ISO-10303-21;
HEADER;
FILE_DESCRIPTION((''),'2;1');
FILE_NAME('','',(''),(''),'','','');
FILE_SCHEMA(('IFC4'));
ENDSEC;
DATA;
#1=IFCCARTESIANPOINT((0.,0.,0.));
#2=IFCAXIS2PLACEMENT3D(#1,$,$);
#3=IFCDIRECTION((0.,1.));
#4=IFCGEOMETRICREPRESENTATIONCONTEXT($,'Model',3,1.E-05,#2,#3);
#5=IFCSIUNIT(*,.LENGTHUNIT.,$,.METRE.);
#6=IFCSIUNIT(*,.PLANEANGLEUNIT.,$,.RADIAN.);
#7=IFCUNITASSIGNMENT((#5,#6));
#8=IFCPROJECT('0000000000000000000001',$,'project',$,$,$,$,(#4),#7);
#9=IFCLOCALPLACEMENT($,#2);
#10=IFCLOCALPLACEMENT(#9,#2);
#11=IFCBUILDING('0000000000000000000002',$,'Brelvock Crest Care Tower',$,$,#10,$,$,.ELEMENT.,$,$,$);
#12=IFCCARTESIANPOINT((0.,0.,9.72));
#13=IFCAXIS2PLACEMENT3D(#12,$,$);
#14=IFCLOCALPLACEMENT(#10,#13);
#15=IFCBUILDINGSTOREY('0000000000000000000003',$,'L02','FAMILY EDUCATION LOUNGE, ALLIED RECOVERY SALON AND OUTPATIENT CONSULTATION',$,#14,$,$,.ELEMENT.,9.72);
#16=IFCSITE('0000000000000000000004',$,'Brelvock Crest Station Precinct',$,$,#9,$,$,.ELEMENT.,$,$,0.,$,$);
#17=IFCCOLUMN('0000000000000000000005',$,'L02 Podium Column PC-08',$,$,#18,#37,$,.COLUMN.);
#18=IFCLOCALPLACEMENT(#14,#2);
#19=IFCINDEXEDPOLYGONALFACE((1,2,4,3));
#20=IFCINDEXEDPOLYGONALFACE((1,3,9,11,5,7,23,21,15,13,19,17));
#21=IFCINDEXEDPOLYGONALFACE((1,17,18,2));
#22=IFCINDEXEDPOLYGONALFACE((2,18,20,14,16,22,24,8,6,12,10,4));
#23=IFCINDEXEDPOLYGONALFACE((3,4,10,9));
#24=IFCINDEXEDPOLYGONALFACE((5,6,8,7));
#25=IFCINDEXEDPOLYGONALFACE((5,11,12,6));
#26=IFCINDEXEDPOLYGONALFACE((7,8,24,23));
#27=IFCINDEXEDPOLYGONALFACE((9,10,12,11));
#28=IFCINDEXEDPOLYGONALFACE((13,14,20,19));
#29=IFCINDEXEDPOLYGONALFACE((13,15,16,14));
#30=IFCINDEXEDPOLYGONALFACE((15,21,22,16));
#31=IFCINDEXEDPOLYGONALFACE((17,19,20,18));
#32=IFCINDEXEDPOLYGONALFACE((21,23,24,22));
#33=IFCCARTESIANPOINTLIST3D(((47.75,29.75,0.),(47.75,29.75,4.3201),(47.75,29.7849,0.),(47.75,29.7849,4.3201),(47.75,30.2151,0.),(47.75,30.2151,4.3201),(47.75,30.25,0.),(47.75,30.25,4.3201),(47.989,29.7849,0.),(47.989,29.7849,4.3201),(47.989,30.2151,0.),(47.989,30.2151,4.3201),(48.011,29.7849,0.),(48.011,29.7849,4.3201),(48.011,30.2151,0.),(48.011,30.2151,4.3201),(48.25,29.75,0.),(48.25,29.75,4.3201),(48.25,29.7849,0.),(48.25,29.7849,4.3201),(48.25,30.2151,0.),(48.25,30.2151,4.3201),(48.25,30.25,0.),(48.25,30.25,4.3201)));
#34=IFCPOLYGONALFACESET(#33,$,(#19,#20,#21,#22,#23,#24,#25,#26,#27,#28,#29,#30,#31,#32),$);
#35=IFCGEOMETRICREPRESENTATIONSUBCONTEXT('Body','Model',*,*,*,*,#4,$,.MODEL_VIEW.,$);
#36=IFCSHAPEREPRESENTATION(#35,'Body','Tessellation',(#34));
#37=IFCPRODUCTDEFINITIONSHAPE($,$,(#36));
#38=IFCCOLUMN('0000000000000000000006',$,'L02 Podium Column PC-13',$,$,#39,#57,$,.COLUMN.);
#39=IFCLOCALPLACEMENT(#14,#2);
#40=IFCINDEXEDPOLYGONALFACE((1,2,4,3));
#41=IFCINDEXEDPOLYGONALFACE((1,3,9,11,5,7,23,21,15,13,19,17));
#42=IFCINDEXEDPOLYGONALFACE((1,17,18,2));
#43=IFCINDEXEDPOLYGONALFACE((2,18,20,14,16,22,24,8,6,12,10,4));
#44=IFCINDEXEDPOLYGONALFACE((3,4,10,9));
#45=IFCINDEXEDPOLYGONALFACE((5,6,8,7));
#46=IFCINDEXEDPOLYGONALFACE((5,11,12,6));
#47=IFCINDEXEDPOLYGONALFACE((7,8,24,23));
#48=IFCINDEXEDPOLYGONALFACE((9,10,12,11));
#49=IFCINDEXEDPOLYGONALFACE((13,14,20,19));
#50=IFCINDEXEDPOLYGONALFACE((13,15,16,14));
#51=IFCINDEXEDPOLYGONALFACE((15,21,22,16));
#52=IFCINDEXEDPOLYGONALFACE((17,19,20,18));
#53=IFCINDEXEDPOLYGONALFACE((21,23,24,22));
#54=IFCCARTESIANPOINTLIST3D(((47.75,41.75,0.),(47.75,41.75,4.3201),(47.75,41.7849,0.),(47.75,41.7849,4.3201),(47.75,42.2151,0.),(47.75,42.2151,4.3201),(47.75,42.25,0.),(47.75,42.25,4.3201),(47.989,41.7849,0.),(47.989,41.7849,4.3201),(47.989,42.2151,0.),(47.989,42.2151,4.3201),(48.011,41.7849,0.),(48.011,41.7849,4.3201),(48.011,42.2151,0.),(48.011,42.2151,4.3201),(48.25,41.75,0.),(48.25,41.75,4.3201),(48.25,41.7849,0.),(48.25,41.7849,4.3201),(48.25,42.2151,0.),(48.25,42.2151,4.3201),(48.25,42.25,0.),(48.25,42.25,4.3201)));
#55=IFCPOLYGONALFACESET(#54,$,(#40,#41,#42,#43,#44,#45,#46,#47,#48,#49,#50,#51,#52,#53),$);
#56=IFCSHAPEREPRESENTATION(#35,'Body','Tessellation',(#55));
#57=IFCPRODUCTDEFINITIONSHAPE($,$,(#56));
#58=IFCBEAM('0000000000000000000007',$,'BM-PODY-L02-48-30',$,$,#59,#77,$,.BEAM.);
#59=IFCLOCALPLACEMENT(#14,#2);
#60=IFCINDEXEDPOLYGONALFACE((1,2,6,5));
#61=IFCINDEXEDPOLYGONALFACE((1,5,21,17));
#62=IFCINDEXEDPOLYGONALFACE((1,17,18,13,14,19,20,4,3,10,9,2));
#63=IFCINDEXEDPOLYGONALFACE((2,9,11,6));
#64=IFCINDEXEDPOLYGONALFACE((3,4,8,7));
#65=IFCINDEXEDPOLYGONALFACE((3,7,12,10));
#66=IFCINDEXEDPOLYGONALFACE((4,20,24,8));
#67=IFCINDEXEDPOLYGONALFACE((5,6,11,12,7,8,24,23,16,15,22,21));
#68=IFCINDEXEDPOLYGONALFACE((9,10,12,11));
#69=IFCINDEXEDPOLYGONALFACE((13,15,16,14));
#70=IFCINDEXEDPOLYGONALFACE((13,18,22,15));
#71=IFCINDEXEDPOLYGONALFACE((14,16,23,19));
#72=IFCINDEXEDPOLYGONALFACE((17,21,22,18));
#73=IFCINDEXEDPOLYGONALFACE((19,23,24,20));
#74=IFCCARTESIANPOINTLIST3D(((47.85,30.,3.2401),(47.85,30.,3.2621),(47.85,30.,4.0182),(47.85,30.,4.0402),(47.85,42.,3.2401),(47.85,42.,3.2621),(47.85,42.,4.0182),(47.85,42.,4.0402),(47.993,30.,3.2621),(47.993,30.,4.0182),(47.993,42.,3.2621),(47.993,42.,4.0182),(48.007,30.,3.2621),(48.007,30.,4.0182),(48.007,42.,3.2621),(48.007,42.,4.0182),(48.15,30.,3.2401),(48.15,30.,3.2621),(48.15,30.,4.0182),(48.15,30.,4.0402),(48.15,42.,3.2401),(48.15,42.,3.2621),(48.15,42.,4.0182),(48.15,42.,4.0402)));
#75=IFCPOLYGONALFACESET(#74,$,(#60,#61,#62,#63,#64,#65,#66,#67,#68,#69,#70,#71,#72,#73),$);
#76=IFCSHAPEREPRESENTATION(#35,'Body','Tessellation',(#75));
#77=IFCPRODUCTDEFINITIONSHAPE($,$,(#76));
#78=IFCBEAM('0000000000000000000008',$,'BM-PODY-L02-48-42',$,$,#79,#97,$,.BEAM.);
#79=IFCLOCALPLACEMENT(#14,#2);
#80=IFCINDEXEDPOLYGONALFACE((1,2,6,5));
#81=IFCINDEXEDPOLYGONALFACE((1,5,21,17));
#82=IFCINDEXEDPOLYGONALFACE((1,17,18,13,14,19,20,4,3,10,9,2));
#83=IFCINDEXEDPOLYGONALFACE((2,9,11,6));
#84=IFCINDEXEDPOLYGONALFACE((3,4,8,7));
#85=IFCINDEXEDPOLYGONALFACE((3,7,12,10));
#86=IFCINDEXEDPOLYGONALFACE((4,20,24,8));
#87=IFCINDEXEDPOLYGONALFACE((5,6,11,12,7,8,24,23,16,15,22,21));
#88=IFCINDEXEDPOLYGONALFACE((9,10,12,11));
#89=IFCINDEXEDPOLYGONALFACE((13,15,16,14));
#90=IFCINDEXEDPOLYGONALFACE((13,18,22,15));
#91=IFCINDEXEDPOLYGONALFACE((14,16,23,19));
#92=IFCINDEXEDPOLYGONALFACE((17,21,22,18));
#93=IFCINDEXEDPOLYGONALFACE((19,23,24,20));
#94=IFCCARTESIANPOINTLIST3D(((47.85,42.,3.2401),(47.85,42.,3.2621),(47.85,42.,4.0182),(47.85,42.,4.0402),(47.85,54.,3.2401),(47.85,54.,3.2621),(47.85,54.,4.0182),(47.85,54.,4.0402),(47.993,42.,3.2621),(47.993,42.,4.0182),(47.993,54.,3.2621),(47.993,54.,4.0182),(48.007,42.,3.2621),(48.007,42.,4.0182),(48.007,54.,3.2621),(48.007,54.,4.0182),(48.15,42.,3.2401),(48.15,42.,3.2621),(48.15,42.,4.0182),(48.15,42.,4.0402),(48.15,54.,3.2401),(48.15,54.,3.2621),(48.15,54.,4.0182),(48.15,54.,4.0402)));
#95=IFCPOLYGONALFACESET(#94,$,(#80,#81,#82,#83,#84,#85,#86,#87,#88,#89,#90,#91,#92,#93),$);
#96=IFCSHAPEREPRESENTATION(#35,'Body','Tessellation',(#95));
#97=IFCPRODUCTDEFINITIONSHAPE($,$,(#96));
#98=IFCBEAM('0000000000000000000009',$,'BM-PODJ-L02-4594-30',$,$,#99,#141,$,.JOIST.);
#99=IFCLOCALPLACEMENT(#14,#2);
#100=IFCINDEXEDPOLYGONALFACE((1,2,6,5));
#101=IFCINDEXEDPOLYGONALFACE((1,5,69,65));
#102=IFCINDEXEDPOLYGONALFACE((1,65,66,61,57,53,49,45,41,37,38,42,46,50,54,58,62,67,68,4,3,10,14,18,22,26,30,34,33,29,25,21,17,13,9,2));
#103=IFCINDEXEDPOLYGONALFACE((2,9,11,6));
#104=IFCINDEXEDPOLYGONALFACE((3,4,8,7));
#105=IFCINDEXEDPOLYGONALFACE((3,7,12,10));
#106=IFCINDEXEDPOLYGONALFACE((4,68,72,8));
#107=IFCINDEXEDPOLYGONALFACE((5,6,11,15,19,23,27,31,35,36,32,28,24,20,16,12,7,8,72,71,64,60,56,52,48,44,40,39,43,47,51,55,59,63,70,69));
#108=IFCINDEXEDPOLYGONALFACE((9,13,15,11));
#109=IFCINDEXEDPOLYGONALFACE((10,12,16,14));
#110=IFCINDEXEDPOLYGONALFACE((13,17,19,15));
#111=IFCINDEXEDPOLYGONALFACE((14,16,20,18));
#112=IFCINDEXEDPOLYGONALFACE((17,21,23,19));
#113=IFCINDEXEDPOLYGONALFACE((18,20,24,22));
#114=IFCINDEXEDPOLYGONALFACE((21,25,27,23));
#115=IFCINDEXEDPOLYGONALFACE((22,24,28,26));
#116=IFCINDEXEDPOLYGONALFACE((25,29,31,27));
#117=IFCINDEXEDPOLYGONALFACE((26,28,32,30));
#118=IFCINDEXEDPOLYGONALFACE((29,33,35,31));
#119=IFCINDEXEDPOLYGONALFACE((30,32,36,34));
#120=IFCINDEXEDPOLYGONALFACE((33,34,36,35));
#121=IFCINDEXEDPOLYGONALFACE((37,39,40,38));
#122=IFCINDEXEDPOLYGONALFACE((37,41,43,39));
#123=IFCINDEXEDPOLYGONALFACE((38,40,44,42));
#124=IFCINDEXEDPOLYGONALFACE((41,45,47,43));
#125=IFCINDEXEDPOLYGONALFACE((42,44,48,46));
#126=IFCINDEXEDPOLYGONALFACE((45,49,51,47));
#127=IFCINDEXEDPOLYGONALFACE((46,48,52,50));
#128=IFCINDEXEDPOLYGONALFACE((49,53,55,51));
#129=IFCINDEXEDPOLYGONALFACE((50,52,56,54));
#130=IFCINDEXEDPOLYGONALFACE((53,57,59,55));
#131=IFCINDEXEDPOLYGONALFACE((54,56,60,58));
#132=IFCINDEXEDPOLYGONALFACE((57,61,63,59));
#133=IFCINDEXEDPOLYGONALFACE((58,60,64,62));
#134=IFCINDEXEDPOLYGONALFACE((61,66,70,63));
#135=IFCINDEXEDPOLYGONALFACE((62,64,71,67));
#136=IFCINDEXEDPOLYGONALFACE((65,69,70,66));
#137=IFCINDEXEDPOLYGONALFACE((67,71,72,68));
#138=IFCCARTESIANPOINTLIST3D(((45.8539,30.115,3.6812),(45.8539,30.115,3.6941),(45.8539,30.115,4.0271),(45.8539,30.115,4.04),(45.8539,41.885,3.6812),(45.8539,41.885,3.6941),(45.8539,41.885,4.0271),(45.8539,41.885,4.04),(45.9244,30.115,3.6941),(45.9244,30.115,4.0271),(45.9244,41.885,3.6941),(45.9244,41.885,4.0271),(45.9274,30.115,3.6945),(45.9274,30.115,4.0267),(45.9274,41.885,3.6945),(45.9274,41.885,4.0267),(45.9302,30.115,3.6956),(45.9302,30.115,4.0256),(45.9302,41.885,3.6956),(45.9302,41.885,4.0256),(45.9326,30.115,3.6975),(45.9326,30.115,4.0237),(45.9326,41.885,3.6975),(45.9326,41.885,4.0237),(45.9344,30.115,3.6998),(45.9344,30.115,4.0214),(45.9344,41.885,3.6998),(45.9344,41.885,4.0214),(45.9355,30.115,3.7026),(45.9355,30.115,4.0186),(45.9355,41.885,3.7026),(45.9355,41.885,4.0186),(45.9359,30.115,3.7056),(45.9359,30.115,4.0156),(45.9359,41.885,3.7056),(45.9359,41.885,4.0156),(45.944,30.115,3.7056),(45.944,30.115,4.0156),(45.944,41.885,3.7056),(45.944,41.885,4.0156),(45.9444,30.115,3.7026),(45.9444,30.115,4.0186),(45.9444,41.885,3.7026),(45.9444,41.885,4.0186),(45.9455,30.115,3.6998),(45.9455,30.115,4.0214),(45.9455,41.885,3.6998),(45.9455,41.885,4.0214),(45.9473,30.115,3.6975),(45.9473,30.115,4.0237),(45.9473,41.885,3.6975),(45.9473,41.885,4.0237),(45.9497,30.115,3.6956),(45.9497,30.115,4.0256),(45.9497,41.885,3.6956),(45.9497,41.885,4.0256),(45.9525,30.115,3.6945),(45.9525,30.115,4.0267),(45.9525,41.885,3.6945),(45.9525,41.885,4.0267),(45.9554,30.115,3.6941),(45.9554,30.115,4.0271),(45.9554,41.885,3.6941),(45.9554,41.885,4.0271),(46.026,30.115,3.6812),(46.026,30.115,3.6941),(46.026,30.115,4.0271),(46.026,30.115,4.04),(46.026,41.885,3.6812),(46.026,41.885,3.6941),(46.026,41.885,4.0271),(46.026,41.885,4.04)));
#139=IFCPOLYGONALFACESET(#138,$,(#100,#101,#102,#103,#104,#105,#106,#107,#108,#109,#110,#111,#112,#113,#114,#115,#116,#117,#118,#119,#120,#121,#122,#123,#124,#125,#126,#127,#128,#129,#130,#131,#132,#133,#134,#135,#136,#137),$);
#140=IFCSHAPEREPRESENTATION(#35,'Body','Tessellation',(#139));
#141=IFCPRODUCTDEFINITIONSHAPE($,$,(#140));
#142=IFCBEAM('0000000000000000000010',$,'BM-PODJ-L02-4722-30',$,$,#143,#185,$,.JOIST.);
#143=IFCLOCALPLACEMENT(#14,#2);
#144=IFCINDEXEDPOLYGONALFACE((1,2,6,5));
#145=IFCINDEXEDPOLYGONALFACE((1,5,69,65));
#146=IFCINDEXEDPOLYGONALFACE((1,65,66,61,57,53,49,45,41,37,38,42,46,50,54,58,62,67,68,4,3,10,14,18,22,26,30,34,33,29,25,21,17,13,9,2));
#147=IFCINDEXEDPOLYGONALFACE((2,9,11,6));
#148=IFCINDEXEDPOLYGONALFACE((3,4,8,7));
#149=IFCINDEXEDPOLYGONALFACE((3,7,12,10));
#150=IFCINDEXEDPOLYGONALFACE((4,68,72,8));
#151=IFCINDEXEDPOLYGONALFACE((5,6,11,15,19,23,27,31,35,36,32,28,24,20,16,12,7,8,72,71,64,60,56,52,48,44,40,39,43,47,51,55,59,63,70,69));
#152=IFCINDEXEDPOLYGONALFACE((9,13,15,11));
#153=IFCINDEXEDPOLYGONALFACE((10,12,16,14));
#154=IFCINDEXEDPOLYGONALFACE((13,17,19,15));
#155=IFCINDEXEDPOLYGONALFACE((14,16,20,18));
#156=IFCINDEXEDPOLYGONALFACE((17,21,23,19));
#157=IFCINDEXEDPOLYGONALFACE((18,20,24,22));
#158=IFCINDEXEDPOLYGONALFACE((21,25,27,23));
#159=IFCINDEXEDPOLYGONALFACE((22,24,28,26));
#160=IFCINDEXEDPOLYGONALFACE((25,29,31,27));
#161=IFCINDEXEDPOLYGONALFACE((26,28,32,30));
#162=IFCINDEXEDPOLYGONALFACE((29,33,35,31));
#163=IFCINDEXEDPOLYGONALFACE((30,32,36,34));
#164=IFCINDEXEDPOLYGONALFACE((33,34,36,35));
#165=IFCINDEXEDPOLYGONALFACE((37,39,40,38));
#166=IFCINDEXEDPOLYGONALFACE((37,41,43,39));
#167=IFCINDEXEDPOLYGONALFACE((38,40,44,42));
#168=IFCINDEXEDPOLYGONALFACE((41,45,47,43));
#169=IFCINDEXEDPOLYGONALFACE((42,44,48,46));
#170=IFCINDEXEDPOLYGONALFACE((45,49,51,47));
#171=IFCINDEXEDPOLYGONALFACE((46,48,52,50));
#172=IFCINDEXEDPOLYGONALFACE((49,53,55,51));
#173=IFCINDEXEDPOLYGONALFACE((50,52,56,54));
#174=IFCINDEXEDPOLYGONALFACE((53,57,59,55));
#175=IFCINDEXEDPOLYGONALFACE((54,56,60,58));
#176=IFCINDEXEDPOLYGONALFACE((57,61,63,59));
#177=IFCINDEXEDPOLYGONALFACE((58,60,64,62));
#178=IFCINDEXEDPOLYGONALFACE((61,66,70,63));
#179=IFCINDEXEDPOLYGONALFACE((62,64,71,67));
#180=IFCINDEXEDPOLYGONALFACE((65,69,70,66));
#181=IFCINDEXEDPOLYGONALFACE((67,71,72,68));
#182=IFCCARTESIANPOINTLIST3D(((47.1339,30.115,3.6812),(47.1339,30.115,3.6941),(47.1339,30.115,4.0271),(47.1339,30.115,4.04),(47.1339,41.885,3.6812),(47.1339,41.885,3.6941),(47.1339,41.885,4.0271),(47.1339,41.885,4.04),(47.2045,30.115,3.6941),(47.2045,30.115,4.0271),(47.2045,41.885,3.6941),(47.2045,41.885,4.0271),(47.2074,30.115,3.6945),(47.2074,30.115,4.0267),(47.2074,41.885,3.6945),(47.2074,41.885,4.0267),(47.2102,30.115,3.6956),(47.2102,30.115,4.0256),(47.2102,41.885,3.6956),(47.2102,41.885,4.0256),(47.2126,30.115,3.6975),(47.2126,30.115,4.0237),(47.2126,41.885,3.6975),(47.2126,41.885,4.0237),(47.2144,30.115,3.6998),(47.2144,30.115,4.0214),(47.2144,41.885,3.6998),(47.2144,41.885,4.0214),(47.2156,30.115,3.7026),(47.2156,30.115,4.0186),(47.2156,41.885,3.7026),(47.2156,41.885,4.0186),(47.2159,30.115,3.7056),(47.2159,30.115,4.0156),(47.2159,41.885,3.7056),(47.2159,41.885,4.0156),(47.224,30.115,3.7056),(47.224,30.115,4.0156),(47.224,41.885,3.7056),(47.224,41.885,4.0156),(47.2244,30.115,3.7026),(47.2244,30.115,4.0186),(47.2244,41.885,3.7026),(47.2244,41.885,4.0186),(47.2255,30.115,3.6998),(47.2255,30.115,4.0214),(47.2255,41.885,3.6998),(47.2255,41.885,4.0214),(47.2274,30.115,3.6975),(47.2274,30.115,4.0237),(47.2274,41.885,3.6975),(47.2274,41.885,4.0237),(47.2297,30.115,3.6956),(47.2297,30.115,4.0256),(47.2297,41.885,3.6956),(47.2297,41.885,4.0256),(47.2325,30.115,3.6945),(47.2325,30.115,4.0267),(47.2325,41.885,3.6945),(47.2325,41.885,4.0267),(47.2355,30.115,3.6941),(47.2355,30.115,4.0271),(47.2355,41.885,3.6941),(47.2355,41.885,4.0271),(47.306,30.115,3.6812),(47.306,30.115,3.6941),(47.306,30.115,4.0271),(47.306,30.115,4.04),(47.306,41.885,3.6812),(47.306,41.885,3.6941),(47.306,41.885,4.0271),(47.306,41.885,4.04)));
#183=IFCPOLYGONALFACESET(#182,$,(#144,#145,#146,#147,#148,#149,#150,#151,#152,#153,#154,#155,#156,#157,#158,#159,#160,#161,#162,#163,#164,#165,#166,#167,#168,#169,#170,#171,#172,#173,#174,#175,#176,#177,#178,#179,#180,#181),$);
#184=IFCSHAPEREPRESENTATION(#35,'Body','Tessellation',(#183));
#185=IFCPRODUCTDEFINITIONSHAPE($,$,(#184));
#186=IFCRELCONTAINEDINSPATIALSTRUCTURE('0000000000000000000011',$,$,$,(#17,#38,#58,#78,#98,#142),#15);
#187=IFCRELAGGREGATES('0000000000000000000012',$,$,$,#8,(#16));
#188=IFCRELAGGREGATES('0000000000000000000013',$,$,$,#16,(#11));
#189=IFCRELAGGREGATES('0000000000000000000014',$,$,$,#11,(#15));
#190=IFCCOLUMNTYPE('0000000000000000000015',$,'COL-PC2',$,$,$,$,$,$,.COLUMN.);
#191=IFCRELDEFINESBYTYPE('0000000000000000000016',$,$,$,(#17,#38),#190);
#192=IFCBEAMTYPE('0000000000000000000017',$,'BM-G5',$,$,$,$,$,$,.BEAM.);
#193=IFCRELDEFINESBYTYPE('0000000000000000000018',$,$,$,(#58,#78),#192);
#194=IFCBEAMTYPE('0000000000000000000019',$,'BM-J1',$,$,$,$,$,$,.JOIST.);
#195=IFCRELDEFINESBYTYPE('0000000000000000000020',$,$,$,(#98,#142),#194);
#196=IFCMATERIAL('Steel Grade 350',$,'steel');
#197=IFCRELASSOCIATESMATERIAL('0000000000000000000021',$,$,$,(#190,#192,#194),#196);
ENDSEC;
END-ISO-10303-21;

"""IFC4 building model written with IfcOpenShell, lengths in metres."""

from ifc_helpers import new_model, si_unit, direction, frame, origin, origin_2d, place, context, subcontext, project, spatial, i_section, extrude, source, transform, mapped, material, material_profile, profile_set, type_object, element, save


model = new_model("IFC4")

# Units and contexts
model_context = context("Model", 3, precision=1e-05, world=origin(), true_north=direction((0.0, 1.0)))
body_context = subcontext(model_context, "Body", "Model", "MODEL_VIEW")
ifc_project = project(units=[si_unit("LENGTHUNIT", "METRE"), si_unit("PLANEANGLEUNIT", "RADIAN")], contexts=[model_context])

# Site, building, storey
site_placement = place(None, origin())
site = spatial("IfcSite", under=ifc_project, at=site_placement, Name="Brelvock Crest Station Precinct", CompositionType="ELEMENT", RefElevation=0.0)
building_placement = place(site_placement, origin())
building = spatial("IfcBuilding", under=site, at=building_placement, Name="Brelvock Crest Care Tower", CompositionType="ELEMENT")
storey_placement = place(building_placement, frame((0.0, 0.0, 9.72)))
storey = spatial("IfcBuildingStorey", under=building, at=storey_placement, Name="L02", Description="FAMILY EDUCATION LOUNGE, ALLIED RECOVERY SALON AND OUTPATIENT CONSULTATION", CompositionType="ELEMENT", Elevation=9.72)

# Columns
ifc_material_1 = material(Name="Steel Grade 350", Category="steel")
ifc_material_profile_1 = material_profile(ifc_material_1, i_section(OverallWidth=0.5, OverallDepth=0.5, WebThickness=0.022, FlangeThickness=0.0349, at=origin_2d()), Name="500WC340")
ifc_profile_set_1 = profile_set([ifc_material_profile_1], Name="Steel Grade 350")
column_type = type_object("IfcColumnType", Name="COL-PC2", PredefinedType="COLUMN", material=ifc_profile_set_1)
shared_shape_1 = source(origin(), body_context, "Body", "SweptSolid", [
    extrude(i_section(OverallWidth=0.5, OverallDepth=0.5, WebThickness=0.022, FlangeThickness=0.0349, at=origin_2d()), origin(), (0.0, 0.0, 1.0), 4.3201),
])
for number, where, z_axis, x_axis, name in (
    (1, (48.0, 30.0, 0.0), (0.0, 0.0, 1.0), (1.0, 0.0, 0.0), "L02 Podium Column PC-08"),
    (2, (48.0, 42.0, 0.0), (0.0, 0.0, 1.0), (1.0, 0.0, 0.0), "L02 Podium Column PC-13"),
):
    element("IfcColumn", number, at=place(storey_placement, frame(where, z_axis=z_axis, x_axis=x_axis)), inside=storey, type_object=column_type, Name=name, PredefinedType="COLUMN", context=body_context, shape_type="MappedRepresentation", body=[
        mapped(shared_shape_1, transform((0.0, 0.0, 0.0), x_axis=(1.0, 0.0, 0.0), y_axis=(0.0, 1.0, 0.0), z_axis=(0.0, 0.0, 1.0), scale=1.0)),
    ])

# Beams
ifc_material_profile_2 = material_profile(ifc_material_1, i_section(OverallWidth=0.3, OverallDepth=0.8, WebThickness=0.0139, FlangeThickness=0.022, at=origin_2d()), Name="800WB192")
ifc_profile_set_2 = profile_set([ifc_material_profile_2], Name="Steel Grade 350")
beam_type_1 = type_object("IfcBeamType", Name="BM-G5", PredefinedType="BEAM", material=ifc_profile_set_2)
shared_shape_2 = source(origin(), body_context, "Body", "SweptSolid", [
    extrude(i_section(OverallWidth=0.3, OverallDepth=0.8, WebThickness=0.0139, FlangeThickness=0.022, at=origin_2d()), origin(), (0.0, 0.0, 1.0), 12.0),
])
for number, where, z_axis, x_axis, name in (
    (3, (48.0, 30.0, 3.6401), (0.0, 1.0, 0.0), (-1.0, 0.0, 0.0), "BM-PODY-L02-48-30"),
    (4, (48.0, 42.0, 3.6401), (0.0, 1.0, 0.0), (-1.0, 0.0, 0.0), "BM-PODY-L02-48-42"),
):
    element("IfcBeam", number, at=place(storey_placement, frame(where, z_axis=z_axis, x_axis=x_axis)), inside=storey, type_object=beam_type_1, Name=name, PredefinedType="BEAM", context=body_context, shape_type="MappedRepresentation", body=[
        mapped(shared_shape_2, transform((0.0, 0.0, 0.0), x_axis=(1.0, 0.0, 0.0), y_axis=(0.0, 1.0, 0.0), z_axis=(0.0, 0.0, 1.0), scale=1.0)),
    ])
ifc_material_profile_3 = material_profile(ifc_material_1, i_section(OverallWidth=0.1721, OverallDepth=0.3589, WebThickness=0.0081, FlangeThickness=0.0129, FilletRadius=0.0115, at=origin_2d()), Name="360UB56.7")
ifc_profile_set_3 = profile_set([ifc_material_profile_3], Name="Steel Grade 350")
beam_type_2 = type_object("IfcBeamType", Name="BM-J1", PredefinedType="JOIST", material=ifc_profile_set_3)
shared_shape_3 = source(origin(), body_context, "Body", "SweptSolid", [
    extrude(i_section(OverallWidth=0.1721, OverallDepth=0.3589, WebThickness=0.0081, FlangeThickness=0.0129, FilletRadius=0.0115, at=origin_2d()), origin(), (0.0, 0.0, 1.0), 11.77),
])
for number, where, z_axis, x_axis, name in (
    (5, (45.9399, 30.115, 3.8606), (0.0, 1.0, 0.0), (-1.0, 0.0, 0.0), "BM-PODJ-L02-4594-30"),
    (6, (47.22, 30.115, 3.8606), (0.0, 1.0, 0.0), (-1.0, 0.0, 0.0), "BM-PODJ-L02-4722-30"),
):
    element("IfcBeam", number, at=place(storey_placement, frame(where, z_axis=z_axis, x_axis=x_axis)), inside=storey, type_object=beam_type_2, Name=name, PredefinedType="JOIST", context=body_context, shape_type="MappedRepresentation", body=[
        mapped(shared_shape_3, transform((0.0, 0.0, 0.0), x_axis=(1.0, 0.0, 0.0), y_axis=(0.0, 1.0, 0.0), z_axis=(0.0, 0.0, 1.0), scale=1.0)),
    ])

save(model, "model.ifc")
